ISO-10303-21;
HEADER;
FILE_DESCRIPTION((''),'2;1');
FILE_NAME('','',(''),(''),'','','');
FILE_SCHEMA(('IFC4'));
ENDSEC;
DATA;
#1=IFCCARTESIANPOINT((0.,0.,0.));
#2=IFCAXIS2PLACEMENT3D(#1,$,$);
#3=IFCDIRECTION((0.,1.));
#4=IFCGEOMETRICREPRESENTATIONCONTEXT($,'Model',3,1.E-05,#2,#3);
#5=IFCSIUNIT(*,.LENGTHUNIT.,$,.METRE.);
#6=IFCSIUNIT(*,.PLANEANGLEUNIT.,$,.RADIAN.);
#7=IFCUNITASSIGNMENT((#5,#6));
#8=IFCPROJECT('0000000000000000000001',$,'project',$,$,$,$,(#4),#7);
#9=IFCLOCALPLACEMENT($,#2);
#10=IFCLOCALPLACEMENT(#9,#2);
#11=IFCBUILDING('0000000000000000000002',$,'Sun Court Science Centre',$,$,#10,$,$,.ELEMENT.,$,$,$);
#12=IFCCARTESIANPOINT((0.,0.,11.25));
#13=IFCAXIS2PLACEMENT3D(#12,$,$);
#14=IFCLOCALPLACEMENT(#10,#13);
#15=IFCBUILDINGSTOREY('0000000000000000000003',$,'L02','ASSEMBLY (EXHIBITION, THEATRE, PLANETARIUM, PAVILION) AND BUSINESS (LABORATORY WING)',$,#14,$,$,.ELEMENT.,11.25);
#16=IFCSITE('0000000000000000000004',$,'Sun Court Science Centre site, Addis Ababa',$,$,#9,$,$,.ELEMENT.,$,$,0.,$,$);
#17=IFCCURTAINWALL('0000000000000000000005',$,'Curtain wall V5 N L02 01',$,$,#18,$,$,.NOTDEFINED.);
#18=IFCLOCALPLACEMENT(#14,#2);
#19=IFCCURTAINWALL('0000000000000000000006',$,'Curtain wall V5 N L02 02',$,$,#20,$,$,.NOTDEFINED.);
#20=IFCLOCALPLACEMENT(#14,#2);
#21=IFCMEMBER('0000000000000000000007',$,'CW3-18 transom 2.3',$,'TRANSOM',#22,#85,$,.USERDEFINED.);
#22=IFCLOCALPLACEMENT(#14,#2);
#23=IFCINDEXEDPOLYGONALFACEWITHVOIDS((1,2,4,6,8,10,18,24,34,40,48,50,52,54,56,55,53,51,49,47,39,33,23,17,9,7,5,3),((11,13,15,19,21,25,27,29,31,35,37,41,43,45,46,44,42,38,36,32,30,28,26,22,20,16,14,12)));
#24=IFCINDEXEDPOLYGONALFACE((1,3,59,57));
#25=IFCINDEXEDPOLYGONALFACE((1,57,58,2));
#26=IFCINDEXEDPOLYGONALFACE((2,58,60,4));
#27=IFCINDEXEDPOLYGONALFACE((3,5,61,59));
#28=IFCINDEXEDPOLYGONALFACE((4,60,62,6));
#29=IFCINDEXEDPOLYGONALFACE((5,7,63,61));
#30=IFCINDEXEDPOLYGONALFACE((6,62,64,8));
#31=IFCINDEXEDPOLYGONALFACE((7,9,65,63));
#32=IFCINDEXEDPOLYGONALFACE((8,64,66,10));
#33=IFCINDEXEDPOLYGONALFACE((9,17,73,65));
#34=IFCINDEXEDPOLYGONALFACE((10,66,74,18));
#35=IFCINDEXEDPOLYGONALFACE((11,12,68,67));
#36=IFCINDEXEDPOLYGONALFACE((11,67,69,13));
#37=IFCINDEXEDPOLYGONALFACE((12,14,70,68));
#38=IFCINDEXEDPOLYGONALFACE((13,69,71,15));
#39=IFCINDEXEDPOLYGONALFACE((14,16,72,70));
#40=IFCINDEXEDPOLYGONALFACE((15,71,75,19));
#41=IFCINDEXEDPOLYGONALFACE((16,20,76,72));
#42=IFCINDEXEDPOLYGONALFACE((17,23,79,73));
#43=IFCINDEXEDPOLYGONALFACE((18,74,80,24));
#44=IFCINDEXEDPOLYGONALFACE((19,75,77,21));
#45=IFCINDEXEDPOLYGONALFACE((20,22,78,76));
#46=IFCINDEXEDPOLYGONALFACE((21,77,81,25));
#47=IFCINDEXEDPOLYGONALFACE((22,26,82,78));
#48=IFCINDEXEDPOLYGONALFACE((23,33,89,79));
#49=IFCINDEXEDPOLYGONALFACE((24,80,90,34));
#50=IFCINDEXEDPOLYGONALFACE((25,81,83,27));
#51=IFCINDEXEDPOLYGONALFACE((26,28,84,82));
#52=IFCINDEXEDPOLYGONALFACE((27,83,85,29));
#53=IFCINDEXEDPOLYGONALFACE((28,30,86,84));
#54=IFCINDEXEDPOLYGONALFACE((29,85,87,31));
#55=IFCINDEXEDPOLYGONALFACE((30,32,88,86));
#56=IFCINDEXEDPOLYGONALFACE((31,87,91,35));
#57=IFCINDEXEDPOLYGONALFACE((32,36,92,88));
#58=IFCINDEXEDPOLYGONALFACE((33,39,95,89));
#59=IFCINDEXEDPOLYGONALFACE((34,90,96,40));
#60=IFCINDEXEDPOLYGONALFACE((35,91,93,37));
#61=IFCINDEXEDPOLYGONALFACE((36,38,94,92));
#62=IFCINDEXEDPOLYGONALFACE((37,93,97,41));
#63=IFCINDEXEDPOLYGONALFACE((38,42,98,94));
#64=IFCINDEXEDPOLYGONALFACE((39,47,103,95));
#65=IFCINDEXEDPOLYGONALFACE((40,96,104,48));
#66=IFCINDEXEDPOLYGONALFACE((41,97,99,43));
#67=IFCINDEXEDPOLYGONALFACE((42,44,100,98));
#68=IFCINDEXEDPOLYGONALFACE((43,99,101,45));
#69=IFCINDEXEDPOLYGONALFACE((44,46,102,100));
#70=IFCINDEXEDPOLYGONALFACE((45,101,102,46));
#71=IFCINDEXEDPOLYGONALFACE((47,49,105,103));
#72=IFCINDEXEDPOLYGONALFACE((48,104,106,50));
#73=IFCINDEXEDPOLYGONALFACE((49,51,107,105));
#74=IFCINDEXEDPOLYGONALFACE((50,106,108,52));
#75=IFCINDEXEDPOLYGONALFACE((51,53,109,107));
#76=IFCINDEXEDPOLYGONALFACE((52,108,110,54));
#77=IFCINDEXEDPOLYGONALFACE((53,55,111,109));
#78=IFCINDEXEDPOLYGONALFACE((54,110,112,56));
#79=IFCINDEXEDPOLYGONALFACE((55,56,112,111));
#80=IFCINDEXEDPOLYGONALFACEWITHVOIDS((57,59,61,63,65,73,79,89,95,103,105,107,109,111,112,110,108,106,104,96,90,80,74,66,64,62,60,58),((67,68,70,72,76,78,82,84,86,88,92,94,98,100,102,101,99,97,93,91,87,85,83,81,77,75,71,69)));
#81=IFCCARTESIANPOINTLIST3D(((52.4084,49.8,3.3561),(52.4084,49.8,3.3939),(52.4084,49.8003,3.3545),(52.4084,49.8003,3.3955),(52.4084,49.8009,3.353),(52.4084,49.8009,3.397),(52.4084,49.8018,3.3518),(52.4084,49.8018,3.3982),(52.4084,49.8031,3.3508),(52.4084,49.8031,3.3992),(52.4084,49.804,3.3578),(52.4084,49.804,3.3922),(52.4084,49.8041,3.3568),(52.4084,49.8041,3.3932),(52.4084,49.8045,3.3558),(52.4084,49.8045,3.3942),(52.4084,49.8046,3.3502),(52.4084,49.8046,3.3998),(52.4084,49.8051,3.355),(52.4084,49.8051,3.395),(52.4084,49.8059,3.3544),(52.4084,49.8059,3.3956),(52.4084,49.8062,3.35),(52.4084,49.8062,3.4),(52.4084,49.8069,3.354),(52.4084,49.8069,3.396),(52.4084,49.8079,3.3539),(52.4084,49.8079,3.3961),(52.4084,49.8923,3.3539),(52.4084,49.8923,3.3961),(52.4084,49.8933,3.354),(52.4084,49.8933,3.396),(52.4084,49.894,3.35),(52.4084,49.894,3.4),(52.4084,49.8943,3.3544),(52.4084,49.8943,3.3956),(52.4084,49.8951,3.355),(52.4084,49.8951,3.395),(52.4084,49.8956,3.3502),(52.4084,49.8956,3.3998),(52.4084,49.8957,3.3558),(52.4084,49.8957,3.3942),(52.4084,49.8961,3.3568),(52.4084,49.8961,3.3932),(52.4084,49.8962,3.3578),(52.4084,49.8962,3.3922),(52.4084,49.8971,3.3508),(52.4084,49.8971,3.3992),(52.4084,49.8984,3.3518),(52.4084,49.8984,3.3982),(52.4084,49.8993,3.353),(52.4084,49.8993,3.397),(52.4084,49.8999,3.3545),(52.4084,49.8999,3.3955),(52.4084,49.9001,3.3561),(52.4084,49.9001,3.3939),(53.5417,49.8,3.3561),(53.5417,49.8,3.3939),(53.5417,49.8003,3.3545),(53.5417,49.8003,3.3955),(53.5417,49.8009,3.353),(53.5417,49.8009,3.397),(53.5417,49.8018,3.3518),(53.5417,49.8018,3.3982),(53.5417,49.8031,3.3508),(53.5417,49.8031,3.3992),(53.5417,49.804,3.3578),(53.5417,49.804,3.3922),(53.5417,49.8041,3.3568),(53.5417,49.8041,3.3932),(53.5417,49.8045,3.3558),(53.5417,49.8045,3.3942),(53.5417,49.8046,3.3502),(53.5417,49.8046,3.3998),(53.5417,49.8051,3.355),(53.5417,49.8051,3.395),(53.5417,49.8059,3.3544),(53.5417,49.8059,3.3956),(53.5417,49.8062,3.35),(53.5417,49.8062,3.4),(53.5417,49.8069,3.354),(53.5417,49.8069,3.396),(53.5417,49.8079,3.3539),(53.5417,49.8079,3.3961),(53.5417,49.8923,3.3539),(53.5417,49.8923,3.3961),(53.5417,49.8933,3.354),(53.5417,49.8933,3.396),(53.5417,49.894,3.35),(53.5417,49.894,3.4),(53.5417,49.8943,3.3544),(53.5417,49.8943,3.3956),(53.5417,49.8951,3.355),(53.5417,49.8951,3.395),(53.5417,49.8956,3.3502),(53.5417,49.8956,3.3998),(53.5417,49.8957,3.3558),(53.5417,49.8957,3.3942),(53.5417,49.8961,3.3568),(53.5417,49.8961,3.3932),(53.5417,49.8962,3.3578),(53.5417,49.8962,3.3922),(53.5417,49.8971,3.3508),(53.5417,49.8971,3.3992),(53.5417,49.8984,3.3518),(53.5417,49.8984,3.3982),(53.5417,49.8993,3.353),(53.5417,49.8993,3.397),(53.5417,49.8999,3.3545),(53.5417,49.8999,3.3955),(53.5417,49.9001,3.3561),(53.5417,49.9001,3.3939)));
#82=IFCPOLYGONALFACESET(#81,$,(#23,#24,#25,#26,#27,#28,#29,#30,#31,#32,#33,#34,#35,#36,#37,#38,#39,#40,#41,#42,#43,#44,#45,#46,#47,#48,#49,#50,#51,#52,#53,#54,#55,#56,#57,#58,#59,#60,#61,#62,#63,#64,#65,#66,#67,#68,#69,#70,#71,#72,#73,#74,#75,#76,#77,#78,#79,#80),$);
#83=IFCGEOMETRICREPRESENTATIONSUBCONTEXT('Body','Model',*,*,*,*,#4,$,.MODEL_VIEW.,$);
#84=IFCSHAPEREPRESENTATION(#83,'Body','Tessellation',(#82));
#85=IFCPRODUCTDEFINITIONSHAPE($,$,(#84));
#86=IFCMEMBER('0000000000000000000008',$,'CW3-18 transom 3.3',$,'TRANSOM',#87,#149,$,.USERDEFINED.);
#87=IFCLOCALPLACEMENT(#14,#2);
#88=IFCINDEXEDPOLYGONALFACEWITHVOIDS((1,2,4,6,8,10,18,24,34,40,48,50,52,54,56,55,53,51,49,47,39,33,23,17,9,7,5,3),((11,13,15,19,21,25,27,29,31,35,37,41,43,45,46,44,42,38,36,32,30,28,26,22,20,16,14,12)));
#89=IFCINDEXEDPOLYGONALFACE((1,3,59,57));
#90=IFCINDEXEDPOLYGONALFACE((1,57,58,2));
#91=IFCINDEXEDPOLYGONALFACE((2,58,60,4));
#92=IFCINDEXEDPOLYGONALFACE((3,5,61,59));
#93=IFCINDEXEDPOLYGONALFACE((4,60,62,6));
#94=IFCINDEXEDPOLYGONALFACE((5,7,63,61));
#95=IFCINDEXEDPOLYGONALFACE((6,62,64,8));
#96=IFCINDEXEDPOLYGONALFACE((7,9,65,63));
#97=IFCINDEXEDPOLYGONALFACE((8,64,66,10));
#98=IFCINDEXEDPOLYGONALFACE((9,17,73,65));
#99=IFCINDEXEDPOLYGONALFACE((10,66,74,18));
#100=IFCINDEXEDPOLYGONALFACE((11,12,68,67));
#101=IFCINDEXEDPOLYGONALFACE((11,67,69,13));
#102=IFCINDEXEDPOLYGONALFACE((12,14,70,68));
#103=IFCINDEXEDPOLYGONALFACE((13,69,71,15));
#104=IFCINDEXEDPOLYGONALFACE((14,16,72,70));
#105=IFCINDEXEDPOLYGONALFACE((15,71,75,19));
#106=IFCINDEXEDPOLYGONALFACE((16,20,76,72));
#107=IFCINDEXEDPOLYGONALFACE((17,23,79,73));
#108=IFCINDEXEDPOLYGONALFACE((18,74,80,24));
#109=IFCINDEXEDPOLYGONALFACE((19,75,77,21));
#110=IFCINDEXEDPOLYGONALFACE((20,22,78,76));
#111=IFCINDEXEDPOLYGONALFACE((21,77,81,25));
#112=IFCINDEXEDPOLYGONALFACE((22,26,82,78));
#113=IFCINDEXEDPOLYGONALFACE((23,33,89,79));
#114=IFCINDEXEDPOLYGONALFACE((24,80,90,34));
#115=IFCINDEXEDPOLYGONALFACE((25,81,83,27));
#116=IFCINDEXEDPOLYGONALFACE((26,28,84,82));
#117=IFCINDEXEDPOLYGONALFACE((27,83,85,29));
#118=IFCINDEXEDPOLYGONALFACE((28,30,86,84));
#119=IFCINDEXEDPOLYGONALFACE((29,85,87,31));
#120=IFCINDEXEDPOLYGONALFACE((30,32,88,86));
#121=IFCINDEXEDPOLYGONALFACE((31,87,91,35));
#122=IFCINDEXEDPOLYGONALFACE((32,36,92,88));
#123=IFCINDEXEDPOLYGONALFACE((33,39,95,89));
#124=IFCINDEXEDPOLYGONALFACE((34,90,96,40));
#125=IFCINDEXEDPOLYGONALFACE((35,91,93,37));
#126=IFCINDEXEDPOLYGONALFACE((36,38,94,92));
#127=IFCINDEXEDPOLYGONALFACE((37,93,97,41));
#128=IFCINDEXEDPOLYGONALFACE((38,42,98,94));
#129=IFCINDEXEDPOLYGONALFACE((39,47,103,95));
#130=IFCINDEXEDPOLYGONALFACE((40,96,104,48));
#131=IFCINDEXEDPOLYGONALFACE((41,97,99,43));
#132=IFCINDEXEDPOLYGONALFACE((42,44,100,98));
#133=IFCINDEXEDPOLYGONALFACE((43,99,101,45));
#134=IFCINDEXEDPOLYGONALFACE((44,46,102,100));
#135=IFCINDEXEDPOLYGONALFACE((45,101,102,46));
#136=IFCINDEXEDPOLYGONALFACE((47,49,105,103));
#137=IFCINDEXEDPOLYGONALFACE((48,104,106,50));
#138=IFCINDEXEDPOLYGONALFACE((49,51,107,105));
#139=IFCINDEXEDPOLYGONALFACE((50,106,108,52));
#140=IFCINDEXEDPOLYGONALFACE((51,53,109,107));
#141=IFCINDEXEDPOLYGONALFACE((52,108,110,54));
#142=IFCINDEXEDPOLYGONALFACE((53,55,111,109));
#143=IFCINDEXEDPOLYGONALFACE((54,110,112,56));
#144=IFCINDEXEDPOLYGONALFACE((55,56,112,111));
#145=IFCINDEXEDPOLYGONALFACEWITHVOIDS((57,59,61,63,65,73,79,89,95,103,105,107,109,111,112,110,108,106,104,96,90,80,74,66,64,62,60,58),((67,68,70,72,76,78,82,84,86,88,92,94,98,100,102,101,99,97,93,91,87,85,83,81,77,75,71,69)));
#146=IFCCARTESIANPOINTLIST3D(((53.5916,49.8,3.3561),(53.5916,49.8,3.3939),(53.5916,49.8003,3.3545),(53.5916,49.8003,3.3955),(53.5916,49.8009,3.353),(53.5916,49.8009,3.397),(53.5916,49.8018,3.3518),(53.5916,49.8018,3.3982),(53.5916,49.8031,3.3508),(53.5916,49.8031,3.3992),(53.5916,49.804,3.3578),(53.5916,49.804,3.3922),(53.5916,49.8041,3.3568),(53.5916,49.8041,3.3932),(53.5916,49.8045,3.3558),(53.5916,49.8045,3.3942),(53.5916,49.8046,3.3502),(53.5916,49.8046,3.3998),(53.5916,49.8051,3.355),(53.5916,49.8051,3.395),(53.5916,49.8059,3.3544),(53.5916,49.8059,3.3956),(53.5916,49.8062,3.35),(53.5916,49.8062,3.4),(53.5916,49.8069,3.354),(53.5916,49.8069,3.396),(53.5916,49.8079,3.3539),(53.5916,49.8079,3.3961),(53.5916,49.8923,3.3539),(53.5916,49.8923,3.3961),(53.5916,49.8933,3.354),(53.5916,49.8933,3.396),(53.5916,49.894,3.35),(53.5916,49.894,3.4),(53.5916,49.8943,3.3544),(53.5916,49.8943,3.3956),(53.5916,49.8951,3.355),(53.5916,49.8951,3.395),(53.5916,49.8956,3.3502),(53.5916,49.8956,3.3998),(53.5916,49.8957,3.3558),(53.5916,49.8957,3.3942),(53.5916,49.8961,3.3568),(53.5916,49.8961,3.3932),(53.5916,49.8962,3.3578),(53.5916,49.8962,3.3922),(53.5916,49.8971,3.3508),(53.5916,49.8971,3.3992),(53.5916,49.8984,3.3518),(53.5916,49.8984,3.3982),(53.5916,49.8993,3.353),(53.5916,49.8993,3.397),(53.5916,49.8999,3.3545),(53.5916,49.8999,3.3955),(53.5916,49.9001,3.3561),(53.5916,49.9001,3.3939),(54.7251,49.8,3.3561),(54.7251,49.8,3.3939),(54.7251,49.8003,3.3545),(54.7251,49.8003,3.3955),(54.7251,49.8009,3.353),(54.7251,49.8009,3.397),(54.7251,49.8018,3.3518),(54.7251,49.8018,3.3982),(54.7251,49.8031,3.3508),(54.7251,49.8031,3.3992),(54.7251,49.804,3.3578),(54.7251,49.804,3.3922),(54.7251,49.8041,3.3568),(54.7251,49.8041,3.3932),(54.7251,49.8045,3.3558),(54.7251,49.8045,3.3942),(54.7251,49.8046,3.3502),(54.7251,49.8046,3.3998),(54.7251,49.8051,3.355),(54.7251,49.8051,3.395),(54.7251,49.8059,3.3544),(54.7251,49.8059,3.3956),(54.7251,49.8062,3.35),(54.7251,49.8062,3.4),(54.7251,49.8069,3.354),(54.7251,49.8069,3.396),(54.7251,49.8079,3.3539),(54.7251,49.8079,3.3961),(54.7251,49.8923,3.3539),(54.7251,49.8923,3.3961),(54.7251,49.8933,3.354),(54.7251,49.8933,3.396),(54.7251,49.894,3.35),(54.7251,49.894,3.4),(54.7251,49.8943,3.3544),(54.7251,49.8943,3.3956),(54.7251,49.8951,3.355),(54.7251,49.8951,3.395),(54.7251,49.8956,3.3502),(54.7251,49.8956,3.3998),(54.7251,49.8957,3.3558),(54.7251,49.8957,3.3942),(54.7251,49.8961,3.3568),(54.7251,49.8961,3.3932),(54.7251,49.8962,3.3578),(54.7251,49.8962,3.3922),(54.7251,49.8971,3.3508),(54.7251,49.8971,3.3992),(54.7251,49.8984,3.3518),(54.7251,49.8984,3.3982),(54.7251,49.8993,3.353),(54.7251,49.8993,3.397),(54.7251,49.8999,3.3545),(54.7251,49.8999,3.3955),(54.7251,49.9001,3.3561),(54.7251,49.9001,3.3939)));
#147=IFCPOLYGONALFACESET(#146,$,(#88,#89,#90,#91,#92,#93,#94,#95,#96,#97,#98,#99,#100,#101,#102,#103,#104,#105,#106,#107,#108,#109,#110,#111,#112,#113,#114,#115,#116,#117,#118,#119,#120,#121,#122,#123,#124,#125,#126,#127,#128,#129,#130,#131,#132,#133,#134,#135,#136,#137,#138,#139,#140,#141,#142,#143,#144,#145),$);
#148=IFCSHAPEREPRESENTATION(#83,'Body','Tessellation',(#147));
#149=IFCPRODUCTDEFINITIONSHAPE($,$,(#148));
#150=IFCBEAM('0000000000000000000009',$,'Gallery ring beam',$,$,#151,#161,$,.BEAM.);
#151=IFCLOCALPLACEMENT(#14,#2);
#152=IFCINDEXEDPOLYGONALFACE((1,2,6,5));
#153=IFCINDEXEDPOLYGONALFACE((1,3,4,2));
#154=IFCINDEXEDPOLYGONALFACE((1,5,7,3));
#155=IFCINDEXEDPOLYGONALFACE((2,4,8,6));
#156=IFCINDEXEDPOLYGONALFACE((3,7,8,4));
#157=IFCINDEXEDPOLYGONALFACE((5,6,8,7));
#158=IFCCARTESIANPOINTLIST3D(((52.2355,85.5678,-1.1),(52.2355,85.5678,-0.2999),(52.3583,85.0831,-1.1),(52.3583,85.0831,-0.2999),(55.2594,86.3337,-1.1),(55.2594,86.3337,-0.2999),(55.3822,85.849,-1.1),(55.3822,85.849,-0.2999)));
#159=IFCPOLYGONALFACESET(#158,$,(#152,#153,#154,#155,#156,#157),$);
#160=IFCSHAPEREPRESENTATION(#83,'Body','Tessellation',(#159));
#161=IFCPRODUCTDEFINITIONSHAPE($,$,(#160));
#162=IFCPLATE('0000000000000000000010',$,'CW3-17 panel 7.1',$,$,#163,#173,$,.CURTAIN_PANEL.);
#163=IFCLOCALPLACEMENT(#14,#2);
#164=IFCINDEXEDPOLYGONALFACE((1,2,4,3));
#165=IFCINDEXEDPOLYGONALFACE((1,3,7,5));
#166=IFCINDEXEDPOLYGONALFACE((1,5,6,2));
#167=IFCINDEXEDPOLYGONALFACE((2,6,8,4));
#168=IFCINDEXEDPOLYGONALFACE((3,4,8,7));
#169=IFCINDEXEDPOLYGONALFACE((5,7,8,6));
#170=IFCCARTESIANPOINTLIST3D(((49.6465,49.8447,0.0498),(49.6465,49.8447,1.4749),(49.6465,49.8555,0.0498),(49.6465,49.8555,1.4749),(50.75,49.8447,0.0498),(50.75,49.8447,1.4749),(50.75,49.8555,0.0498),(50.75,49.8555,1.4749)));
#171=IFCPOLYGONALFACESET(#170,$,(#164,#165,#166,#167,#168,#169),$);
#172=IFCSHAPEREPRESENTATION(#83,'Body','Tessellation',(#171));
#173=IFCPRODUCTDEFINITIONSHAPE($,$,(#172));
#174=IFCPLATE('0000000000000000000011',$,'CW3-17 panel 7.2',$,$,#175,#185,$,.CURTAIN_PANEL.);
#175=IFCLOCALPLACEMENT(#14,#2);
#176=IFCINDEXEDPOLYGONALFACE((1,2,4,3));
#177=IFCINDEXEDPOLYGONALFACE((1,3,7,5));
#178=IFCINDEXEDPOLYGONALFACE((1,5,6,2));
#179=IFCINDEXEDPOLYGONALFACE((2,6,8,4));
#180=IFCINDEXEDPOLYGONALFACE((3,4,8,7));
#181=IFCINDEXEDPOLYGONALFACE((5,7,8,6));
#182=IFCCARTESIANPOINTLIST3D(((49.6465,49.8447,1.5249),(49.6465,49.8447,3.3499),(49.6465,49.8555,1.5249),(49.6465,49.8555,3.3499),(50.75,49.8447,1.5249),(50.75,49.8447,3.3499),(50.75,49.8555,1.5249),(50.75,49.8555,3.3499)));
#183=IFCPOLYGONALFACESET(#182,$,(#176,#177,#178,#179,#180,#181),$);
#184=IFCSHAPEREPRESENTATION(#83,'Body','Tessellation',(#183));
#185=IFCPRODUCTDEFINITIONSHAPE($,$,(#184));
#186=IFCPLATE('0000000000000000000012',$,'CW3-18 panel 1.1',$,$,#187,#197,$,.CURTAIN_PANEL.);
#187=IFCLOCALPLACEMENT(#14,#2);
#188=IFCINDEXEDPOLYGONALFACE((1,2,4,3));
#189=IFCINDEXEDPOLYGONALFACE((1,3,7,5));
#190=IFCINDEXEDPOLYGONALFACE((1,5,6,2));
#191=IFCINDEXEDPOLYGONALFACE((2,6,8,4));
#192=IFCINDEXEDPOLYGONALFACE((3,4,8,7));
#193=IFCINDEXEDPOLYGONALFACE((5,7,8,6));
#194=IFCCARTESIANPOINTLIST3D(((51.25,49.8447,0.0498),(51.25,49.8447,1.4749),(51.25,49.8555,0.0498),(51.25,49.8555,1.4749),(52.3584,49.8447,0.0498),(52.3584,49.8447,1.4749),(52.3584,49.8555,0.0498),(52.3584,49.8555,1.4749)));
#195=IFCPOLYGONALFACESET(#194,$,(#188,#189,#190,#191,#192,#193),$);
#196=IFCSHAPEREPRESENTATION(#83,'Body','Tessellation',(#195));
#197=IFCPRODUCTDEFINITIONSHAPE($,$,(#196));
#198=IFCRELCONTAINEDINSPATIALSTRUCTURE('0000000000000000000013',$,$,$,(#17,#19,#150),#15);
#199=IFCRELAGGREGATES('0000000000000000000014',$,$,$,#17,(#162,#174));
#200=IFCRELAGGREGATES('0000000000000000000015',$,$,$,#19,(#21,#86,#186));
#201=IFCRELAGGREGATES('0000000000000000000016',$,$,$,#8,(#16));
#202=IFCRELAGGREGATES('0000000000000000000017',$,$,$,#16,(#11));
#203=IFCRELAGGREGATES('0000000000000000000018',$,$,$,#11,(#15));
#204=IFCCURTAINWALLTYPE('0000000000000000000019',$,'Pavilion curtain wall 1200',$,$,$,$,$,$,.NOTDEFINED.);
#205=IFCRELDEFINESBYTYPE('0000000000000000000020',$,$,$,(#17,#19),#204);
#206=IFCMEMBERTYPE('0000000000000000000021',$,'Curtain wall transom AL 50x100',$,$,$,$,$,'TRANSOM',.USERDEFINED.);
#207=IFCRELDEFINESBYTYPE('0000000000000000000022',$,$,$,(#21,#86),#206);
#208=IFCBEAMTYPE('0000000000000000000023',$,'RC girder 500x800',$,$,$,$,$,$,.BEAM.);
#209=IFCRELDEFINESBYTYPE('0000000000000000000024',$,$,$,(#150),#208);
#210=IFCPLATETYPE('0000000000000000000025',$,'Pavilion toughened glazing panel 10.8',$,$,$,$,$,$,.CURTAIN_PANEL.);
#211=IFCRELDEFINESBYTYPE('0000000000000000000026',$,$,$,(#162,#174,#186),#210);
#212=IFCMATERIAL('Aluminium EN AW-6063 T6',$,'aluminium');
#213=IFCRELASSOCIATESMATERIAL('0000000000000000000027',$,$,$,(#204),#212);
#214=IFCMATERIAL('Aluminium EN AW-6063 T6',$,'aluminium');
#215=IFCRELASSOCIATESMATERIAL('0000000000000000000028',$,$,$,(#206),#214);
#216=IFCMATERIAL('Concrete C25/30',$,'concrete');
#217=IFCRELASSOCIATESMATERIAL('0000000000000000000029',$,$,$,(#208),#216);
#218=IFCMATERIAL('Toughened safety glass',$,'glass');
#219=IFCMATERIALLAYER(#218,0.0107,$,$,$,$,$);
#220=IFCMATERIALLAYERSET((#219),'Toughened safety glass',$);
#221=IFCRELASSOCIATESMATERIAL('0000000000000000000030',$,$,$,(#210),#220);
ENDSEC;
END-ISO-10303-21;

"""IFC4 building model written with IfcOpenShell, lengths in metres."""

from ifc_helpers import new_model, si_unit, direction, frame, origin, origin_2d, place, context, subcontext, project, spatial, rectangle, hollow_rectangle, extrude, material, layer, layer_set, material_profile, profile_set, type_object, element, aggregate, save


model = new_model("IFC4")

# Units and contexts
model_context = context("Model", 3, precision=1e-05, world=origin(), true_north=direction((0.0, 1.0)))
body_context = subcontext(model_context, "Body", "Model", "MODEL_VIEW")
ifc_project = project(units=[si_unit("LENGTHUNIT", "METRE"), si_unit("PLANEANGLEUNIT", "RADIAN")], contexts=[model_context])

# Site, building, storey
site_placement = place(None, origin())
site = spatial("IfcSite", under=ifc_project, at=site_placement, Name="Sun Court Science Centre site, Addis Ababa", CompositionType="ELEMENT", RefElevation=0.0)
building_placement = place(site_placement, origin())
building = spatial("IfcBuilding", under=site, at=building_placement, Name="Sun Court Science Centre", CompositionType="ELEMENT")
storey_placement = place(building_placement, frame((0.0, 0.0, 11.25)))
storey = spatial("IfcBuildingStorey", under=building, at=storey_placement, Name="L02", Description="ASSEMBLY (EXHIBITION, THEATRE, PLANETARIUM, PAVILION) AND BUSINESS (LABORATORY WING)", CompositionType="ELEMENT", Elevation=11.25)

# Curtain wall
ifc_material_1 = material(Name="Aluminium EN AW-6063 T6", Category="aluminium")
curtain_wall_type = type_object("IfcCurtainWallType", Name="Pavilion curtain wall 1200", PredefinedType="NOTDEFINED", material=ifc_material_1)
curtain_wall_1_placement = place(storey_placement, origin())
curtain_wall_1 = element("IfcCurtainWall", 1, at=curtain_wall_1_placement, inside=storey, type_object=curtain_wall_type, Name="Curtain wall V5 N L02 01", PredefinedType="NOTDEFINED")

# Curtain wall
curtain_wall_2_placement = place(storey_placement, origin())
curtain_wall_2 = element("IfcCurtainWall", 2, at=curtain_wall_2_placement, inside=storey, type_object=curtain_wall_type, Name="Curtain wall V5 N L02 02", PredefinedType="NOTDEFINED")

# Members
ifc_material_2 = material(Name="Aluminium EN AW-6063 T6", Category="aluminium")
ifc_material_profile_1 = material_profile(ifc_material_2, hollow_rectangle(XDim=0.05, YDim=0.1001, WallThickness=0.0039, InnerFilletRadius=0.0039, OuterFilletRadius=0.0061, at=origin_2d()), Name="AL 50x100x4")
ifc_profile_set_1 = profile_set([ifc_material_profile_1], Name="Aluminium EN AW-6063 T6")
member_type_1 = type_object("IfcMemberType", Name="Curtain wall transom AL 50x100", ElementType="TRANSOM", PredefinedType="USERDEFINED", material=ifc_profile_set_1)
member_1_placement = place(storey_placement, frame((52.4084, 49.8501, 3.375), z_axis=(1.0, 0.0, 0.0), x_axis=(0.0, 0.0, 1.0)))
member_1 = element("IfcMember", 3, at=member_1_placement, type_object=member_type_1, Name="CW3-18 transom 2.3", ObjectType="TRANSOM", PredefinedType="USERDEFINED", context=body_context, shape_type="SweptSolid", body=[
    extrude(hollow_rectangle(XDim=0.05, YDim=0.1001, WallThickness=0.0039, InnerFilletRadius=0.0039, OuterFilletRadius=0.0061, at=origin_2d()), origin(), (0.0, 0.0, 1.0), 1.1333),
])
member_2_placement = place(storey_placement, frame((53.5916, 49.8501, 3.375), z_axis=(1.0, 0.0, 0.0), x_axis=(0.0, 0.0, 1.0)))
member_2 = element("IfcMember", 4, at=member_2_placement, type_object=member_type_1, Name="CW3-18 transom 3.3", ObjectType="TRANSOM", PredefinedType="USERDEFINED", context=body_context, shape_type="SweptSolid", body=[
    extrude(hollow_rectangle(XDim=0.05, YDim=0.1001, WallThickness=0.0039, InnerFilletRadius=0.0039, OuterFilletRadius=0.0061, at=origin_2d()), origin(), (0.0, 0.0, 1.0), 1.1335),
])

# Beam
ifc_material_3 = material(Name="Concrete C25/30", Category="concrete")
ifc_material_profile_2 = material_profile(ifc_material_3, rectangle(XDim=0.5, YDim=0.8, at=origin_2d()), Name="RC 500x800")
ifc_profile_set_2 = profile_set([ifc_material_profile_2], Name="Concrete C25/30")
beam_type = type_object("IfcBeamType", Name="RC girder 500x800", PredefinedType="BEAM", material=ifc_profile_set_2)
beam_placement = place(storey_placement, frame((52.2969, 85.3254, -0.7), z_axis=(0.969392, 0.245518, 0.0), x_axis=(-0.245518, 0.969392, 0.0)))
element("IfcBeam", 5, at=beam_placement, inside=storey, type_object=beam_type, Name="Gallery ring beam", PredefinedType="BEAM", context=body_context, shape_type="SweptSolid", body=[
    extrude(rectangle(XDim=0.5, YDim=0.8, at=origin_2d()), origin(), (0.0, 0.0, 1.0), 3.1194),
])

# Plates
ifc_material_4 = material(Name="Toughened safety glass", Category="glass")
ifc_layer_1 = layer(ifc_material_4, 0.0107)
ifc_layer_set_1 = layer_set([ifc_layer_1], Name="Toughened safety glass")
plate_type = type_object("IfcPlateType", Name="Pavilion toughened glazing panel 10.8", PredefinedType="CURTAIN_PANEL", material=ifc_layer_set_1)
plate_1_placement = place(storey_placement, frame((50.1982, 49.8501, 0.0498), z_axis=(0.0, 0.0, 1.0), x_axis=(1.0, 0.0, 0.0)))
plate_1 = element("IfcPlate", 6, at=plate_1_placement, type_object=plate_type, Name="CW3-17 panel 7.1", PredefinedType="CURTAIN_PANEL", context=body_context, shape_type="SweptSolid", body=[
    extrude(rectangle(XDim=1.1035, YDim=0.0107, at=origin_2d()), origin(), (0.0, 0.0, 1.0), 1.425),
])
plate_2_placement = place(storey_placement, frame((50.1982, 49.8501, 1.5249), z_axis=(0.0, 0.0, 1.0), x_axis=(1.0, 0.0, 0.0)))
plate_2 = element("IfcPlate", 7, at=plate_2_placement, type_object=plate_type, Name="CW3-17 panel 7.2", PredefinedType="CURTAIN_PANEL", context=body_context, shape_type="SweptSolid", body=[
    extrude(rectangle(XDim=1.1035, YDim=0.0107, at=origin_2d()), origin(), (0.0, 0.0, 1.0), 1.825),
])
aggregate(curtain_wall_1, [plate_1, plate_2])
plate_3_placement = place(storey_placement, frame((51.8042, 49.8501, 0.0498), z_axis=(0.0, 0.0, 1.0), x_axis=(1.0, 0.0, 0.0)))
plate_3 = element("IfcPlate", 8, at=plate_3_placement, type_object=plate_type, Name="CW3-18 panel 1.1", PredefinedType="CURTAIN_PANEL", context=body_context, shape_type="SweptSolid", body=[
    extrude(rectangle(XDim=1.1084, YDim=0.0107, at=origin_2d()), origin(), (0.0, 0.0, 1.0), 1.425),
])
aggregate(curtain_wall_2, [member_1, member_2, plate_3])

save(model, "model.ifc")
